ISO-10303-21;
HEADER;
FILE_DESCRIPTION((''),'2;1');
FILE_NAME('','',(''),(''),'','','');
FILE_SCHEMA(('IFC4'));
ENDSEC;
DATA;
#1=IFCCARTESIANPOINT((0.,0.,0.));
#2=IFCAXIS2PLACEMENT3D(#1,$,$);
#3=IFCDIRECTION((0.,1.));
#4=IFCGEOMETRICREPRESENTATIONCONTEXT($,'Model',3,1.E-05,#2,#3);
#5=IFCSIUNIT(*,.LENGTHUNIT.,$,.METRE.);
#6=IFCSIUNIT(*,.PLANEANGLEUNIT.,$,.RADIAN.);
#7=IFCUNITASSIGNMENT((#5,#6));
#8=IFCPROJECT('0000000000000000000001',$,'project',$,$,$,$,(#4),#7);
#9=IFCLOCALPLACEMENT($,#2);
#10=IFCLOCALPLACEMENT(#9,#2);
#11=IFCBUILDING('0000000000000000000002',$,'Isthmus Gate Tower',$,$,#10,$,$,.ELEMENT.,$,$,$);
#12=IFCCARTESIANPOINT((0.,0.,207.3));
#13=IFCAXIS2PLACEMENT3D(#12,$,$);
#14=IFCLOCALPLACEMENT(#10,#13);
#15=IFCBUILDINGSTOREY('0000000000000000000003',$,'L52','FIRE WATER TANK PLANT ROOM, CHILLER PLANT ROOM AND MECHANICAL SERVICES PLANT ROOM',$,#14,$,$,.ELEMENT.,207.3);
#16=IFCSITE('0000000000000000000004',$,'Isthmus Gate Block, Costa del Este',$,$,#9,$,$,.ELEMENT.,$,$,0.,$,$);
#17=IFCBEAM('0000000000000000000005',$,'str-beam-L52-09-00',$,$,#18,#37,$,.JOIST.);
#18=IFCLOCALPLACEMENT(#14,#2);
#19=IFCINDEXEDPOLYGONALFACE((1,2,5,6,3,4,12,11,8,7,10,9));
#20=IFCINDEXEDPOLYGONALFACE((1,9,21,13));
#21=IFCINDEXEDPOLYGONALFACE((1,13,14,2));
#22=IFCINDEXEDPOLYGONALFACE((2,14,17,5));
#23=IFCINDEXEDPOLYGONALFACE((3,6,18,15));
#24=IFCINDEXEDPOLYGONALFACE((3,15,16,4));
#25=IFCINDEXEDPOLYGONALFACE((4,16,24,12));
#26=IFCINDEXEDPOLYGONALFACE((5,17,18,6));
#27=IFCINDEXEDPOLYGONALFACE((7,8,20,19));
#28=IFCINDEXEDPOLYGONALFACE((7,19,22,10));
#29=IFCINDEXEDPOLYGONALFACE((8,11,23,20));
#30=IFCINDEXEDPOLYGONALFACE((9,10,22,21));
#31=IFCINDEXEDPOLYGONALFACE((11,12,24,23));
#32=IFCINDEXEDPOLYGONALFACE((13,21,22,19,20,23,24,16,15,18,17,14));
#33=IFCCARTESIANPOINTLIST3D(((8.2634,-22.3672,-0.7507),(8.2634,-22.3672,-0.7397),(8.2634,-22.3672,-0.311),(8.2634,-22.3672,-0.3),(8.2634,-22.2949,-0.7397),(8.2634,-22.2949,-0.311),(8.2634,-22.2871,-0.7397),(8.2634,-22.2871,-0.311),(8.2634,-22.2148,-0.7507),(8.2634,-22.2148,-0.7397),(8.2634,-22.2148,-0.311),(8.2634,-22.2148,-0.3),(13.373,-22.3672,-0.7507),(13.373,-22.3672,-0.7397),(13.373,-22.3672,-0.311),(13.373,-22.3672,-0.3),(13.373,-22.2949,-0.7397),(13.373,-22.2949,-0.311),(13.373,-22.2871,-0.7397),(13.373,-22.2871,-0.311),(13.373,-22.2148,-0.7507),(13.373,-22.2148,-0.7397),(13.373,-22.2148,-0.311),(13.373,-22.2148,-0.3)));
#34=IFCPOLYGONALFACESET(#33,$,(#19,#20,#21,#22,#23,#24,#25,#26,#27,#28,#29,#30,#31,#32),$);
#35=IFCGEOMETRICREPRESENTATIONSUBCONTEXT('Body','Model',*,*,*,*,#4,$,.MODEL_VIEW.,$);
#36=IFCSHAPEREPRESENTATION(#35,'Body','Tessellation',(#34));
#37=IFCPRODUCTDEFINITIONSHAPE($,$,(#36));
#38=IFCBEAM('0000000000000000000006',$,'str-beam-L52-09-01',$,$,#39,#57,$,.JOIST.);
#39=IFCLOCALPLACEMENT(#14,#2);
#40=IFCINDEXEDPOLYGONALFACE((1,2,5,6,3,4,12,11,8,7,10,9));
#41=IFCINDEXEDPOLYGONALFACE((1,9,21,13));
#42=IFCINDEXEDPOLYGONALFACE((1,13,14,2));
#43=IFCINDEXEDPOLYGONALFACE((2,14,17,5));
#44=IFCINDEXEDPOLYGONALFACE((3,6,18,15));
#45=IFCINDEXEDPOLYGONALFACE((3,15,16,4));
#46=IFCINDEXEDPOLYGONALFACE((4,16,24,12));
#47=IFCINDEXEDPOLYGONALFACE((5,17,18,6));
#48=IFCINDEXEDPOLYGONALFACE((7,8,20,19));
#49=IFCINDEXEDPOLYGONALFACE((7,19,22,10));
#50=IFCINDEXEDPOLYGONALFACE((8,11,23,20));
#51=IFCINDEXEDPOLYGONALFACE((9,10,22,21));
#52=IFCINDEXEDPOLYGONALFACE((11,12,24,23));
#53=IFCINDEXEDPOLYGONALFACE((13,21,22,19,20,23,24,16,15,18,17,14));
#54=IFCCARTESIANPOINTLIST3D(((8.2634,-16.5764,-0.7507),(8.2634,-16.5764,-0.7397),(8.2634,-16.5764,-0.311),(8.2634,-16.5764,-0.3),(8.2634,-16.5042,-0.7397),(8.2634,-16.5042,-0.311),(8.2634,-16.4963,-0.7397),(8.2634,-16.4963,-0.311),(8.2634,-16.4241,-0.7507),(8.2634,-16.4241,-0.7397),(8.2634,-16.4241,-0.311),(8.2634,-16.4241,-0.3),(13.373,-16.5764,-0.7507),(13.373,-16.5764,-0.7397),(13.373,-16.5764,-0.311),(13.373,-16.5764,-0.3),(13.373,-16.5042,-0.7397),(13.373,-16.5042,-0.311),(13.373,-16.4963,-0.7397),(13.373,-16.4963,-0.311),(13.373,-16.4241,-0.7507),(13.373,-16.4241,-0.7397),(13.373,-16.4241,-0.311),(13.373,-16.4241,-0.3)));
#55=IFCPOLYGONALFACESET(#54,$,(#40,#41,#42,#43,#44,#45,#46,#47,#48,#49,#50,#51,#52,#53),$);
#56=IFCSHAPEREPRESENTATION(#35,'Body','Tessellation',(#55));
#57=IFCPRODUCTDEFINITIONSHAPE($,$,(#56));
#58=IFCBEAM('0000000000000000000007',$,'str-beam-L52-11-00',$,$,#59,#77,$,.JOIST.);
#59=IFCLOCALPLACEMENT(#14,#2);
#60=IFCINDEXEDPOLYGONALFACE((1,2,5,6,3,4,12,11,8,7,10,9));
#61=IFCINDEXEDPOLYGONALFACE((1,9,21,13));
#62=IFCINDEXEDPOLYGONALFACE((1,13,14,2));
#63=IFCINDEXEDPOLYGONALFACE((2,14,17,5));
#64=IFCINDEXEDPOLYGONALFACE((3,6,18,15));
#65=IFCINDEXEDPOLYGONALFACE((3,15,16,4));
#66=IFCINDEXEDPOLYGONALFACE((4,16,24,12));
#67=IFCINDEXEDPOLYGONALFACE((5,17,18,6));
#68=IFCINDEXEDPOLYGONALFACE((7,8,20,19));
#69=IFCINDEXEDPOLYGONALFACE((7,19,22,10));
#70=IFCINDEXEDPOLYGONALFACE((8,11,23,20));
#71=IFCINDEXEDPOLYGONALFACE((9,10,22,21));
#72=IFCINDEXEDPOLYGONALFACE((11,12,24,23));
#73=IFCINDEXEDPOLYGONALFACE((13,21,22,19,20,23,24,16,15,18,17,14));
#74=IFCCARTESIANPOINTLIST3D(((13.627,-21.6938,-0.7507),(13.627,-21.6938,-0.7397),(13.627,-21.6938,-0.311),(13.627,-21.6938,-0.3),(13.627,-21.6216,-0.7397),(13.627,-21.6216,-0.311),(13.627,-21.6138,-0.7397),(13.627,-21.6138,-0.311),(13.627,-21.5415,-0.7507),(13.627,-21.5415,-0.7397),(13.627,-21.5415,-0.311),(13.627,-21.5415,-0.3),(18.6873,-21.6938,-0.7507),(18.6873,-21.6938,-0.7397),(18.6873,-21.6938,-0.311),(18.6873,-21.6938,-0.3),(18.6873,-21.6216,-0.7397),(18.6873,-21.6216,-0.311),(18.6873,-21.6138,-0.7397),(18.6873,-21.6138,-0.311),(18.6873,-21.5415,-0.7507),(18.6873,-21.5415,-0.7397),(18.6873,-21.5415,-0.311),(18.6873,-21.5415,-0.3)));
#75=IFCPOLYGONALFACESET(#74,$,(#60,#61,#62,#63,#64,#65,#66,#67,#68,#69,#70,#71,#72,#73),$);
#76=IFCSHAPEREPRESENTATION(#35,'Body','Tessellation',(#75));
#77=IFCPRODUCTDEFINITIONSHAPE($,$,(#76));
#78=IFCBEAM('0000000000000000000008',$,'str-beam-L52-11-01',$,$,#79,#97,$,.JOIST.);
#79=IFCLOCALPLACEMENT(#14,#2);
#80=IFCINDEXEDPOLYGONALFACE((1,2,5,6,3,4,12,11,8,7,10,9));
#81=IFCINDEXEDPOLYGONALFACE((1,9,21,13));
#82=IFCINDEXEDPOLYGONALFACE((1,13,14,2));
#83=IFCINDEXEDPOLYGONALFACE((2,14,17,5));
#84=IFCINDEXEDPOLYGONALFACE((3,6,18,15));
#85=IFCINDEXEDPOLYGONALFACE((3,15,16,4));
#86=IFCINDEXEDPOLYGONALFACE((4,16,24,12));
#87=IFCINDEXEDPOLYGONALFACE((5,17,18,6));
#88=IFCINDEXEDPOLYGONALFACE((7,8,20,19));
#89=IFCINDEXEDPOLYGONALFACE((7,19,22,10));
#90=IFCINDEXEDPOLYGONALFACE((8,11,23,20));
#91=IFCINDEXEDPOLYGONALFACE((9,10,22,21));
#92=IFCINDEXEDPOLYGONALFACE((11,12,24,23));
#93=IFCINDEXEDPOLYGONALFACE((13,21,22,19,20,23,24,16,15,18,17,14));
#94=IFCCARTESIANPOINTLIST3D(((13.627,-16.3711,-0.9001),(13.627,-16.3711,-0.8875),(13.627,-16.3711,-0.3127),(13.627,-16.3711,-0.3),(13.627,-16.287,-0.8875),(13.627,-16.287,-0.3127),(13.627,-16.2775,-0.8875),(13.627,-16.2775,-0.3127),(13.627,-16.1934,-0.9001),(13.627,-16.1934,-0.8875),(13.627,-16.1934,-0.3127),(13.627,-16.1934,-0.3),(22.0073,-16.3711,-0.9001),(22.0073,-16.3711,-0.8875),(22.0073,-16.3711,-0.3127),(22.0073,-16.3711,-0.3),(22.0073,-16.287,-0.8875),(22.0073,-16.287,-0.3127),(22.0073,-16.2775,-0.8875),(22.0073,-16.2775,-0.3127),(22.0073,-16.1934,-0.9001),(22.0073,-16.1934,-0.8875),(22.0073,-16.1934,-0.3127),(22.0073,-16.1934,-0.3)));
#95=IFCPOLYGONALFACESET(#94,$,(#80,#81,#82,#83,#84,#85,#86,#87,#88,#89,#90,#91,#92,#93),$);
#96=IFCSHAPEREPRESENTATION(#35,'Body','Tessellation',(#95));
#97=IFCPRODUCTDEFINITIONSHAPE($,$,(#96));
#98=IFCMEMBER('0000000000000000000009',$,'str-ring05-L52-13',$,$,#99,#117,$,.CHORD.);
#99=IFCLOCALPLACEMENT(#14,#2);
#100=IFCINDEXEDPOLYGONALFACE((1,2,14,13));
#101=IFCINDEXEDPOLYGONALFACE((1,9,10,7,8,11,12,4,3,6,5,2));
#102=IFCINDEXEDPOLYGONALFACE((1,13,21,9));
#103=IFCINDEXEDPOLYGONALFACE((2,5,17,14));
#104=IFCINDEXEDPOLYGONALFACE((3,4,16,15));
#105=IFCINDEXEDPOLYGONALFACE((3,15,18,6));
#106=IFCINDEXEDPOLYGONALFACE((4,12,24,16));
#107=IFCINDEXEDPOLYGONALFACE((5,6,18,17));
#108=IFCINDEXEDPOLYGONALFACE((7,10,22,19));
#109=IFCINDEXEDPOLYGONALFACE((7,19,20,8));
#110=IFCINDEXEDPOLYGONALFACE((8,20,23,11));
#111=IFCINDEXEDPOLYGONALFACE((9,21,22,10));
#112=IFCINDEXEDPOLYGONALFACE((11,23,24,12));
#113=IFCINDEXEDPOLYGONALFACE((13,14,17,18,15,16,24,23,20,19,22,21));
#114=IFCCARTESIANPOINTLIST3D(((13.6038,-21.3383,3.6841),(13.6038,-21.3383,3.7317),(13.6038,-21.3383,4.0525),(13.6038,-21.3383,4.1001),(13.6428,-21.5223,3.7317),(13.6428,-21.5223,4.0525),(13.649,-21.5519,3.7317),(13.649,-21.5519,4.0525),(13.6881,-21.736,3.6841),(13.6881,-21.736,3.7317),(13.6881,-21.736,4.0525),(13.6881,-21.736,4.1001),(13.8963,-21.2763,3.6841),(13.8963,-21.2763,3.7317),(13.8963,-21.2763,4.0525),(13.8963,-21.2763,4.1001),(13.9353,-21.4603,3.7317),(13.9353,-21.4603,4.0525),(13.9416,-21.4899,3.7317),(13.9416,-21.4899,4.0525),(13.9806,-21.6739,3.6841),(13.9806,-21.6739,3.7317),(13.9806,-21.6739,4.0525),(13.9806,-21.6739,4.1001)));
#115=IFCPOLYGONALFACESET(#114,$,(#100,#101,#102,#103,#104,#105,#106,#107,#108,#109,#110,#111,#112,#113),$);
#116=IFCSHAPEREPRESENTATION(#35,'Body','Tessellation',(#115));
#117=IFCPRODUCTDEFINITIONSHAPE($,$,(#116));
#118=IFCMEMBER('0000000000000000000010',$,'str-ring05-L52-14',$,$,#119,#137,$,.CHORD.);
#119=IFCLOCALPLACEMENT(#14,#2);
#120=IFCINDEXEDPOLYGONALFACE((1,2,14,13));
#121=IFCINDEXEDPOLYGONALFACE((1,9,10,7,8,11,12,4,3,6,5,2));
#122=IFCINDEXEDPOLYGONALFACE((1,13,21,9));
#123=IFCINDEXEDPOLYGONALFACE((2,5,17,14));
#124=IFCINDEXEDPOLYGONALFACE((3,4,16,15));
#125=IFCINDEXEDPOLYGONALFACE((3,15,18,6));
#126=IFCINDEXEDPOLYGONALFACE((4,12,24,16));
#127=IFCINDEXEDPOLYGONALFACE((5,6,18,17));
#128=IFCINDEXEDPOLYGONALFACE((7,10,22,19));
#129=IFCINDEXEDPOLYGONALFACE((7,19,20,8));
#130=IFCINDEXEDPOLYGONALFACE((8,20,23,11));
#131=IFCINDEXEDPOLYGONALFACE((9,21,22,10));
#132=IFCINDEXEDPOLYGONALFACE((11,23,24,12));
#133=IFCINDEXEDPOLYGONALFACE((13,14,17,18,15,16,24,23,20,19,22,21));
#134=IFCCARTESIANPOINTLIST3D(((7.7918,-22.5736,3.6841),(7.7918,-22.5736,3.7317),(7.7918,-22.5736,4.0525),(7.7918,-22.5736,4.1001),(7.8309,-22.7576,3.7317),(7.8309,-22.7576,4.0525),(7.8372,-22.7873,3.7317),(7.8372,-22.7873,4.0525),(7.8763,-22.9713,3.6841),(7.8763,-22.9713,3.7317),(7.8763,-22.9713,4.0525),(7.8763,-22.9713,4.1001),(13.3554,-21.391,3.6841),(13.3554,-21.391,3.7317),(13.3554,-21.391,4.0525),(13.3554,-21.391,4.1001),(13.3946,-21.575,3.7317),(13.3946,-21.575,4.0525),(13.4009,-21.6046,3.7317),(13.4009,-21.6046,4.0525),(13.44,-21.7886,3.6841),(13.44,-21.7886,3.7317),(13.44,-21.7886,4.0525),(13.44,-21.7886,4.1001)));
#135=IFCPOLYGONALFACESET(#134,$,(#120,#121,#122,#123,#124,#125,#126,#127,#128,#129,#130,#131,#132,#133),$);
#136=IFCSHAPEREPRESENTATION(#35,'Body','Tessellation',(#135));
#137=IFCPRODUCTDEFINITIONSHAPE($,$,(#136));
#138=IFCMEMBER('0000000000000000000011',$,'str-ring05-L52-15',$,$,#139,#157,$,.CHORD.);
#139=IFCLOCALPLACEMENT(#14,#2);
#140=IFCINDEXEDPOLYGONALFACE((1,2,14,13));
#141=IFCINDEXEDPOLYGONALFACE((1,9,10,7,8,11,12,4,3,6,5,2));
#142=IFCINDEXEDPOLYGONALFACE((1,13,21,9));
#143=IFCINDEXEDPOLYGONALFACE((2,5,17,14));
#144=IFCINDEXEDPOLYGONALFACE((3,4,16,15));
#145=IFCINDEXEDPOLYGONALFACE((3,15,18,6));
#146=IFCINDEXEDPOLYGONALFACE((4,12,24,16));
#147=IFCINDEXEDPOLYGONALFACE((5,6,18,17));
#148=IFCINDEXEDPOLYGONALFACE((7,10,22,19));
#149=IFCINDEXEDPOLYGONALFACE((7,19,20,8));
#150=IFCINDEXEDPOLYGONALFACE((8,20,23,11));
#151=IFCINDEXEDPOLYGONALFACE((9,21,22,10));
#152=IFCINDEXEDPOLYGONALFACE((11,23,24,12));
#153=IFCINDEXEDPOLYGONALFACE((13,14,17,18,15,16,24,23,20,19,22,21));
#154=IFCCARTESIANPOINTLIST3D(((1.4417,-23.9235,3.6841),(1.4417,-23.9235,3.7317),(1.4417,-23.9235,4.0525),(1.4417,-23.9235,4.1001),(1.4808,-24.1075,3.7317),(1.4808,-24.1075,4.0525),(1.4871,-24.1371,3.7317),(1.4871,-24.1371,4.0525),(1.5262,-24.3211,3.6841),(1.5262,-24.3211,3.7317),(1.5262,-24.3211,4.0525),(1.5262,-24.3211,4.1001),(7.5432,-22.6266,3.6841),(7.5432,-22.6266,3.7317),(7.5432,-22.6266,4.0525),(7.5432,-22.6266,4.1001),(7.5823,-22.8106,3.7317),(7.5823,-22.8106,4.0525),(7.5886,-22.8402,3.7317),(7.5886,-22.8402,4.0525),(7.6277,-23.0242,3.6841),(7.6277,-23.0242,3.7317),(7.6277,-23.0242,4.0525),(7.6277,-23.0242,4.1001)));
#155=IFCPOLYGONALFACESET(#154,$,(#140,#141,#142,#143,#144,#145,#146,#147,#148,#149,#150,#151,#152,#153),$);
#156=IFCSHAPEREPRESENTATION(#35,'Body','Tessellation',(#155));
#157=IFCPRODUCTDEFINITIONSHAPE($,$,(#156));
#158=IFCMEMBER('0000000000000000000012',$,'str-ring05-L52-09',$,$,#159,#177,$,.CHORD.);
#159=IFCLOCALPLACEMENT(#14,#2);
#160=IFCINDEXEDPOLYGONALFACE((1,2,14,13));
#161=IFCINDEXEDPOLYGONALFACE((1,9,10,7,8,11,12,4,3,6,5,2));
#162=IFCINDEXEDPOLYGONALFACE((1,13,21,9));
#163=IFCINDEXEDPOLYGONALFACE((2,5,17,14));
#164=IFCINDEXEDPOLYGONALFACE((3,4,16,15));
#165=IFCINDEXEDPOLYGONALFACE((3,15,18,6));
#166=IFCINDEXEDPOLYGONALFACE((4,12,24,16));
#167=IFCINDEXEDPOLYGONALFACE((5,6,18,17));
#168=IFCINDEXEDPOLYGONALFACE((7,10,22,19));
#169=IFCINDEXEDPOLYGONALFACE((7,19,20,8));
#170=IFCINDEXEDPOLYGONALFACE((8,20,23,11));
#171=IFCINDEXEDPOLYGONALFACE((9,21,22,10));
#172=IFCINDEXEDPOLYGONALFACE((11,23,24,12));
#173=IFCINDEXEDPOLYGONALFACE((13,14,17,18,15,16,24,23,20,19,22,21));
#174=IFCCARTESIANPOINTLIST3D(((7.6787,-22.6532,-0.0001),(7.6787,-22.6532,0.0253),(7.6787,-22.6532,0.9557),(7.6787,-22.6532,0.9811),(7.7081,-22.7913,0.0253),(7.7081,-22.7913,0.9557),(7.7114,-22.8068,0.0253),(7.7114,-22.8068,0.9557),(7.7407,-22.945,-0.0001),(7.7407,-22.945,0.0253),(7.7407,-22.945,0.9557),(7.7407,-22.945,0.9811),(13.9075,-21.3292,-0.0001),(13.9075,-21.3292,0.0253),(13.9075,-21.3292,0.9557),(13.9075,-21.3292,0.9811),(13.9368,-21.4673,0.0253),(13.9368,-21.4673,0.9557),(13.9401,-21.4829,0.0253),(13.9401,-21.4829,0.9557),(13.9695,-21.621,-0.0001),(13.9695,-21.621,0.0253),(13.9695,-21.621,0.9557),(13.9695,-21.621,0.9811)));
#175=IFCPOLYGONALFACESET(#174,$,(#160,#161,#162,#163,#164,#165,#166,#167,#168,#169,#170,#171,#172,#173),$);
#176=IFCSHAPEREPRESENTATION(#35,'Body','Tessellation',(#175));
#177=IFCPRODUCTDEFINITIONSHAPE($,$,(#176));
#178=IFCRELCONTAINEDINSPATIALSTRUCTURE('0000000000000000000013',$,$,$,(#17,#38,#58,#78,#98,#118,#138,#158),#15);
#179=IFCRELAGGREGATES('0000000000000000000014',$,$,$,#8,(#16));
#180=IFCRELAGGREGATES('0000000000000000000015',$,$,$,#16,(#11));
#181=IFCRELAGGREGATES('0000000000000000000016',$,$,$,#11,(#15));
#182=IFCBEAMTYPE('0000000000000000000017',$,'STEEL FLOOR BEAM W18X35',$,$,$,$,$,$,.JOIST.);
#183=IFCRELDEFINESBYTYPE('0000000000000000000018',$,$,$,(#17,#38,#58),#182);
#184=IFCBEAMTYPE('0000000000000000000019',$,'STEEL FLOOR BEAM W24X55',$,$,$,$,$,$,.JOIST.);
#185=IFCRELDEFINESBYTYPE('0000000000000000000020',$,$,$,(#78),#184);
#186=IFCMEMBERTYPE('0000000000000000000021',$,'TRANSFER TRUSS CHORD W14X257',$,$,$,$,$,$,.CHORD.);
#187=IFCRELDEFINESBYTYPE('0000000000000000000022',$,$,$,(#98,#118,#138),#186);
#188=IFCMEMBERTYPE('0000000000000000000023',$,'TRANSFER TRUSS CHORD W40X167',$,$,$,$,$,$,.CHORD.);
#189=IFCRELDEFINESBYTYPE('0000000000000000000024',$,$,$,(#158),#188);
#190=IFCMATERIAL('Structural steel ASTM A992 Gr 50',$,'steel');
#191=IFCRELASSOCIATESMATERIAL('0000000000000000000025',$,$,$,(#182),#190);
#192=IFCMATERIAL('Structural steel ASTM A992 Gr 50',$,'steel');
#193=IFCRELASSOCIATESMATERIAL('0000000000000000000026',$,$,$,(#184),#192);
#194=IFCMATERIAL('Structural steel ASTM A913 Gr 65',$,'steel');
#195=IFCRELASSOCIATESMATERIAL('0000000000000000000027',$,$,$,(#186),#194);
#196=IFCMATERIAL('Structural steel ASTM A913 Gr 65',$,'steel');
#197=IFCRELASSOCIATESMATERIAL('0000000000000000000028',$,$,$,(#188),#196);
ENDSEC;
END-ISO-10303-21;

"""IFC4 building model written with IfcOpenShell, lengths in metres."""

from ifc_helpers import new_model, si_unit, direction, frame, origin, origin_2d, place, context, subcontext, project, spatial, i_section, extrude, material, material_profile, profile_set, type_object, element, save


model = new_model("IFC4")

# Units and contexts
model_context = context("Model", 3, precision=1e-05, world=origin(), true_north=direction((0.0, 1.0)))
body_context = subcontext(model_context, "Body", "Model", "MODEL_VIEW")
ifc_project = project(units=[si_unit("LENGTHUNIT", "METRE"), si_unit("PLANEANGLEUNIT", "RADIAN")], contexts=[model_context])

# Site, building, storey
site_placement = place(None, origin())
site = spatial("IfcSite", under=ifc_project, at=site_placement, Name="Isthmus Gate Block, Costa del Este", CompositionType="ELEMENT", RefElevation=0.0)
building_placement = place(site_placement, origin())
building = spatial("IfcBuilding", under=site, at=building_placement, Name="Isthmus Gate Tower", CompositionType="ELEMENT")
storey_placement = place(building_placement, frame((0.0, 0.0, 207.3)))
storey = spatial("IfcBuildingStorey", under=building, at=storey_placement, Name="L52", Description="FIRE WATER TANK PLANT ROOM, CHILLER PLANT ROOM AND MECHANICAL SERVICES PLANT ROOM", CompositionType="ELEMENT", Elevation=207.3)

# Beams
ifc_material_1 = material(Name="Structural steel ASTM A992 Gr 50", Category="steel")
ifc_material_profile_1 = material_profile(ifc_material_1, i_section(OverallWidth=0.1523, OverallDepth=0.4507, WebThickness=0.0078, FlangeThickness=0.011, at=origin_2d()), Name="W18X35")
ifc_profile_set_1 = profile_set([ifc_material_profile_1], Name="Structural steel ASTM A992 Gr 50")
beam_type_1 = type_object("IfcBeamType", Name="STEEL FLOOR BEAM W18X35", PredefinedType="JOIST", material=ifc_profile_set_1)
for number, where, z_axis, x_axis, name in (
    (1, (8.2634, -22.291, -0.5254), (1.0, 0.0, 0.0), (0.0, 1.0, 0.0), "str-beam-L52-09-00"),
    (2, (8.2634, -16.5002, -0.5254), (1.0, 0.0, 0.0), (0.0, 1.0, 0.0), "str-beam-L52-09-01"),
):
    element("IfcBeam", number, at=place(storey_placement, frame(where, z_axis=z_axis, x_axis=x_axis)), inside=storey, type_object=beam_type_1, Name=name, PredefinedType="JOIST", context=body_context, shape_type="SweptSolid", body=[
        extrude(i_section(OverallWidth=0.1523, OverallDepth=0.4507, WebThickness=0.0078, FlangeThickness=0.011, at=origin_2d()), origin(), (0.0, 0.0, 1.0), 5.1096),
    ])
beam_1_placement = place(storey_placement, frame((13.627, -21.6177, -0.5254), z_axis=(1.0, 0.0, 0.0), x_axis=(0.0, 1.0, 0.0)))
element("IfcBeam", 3, at=beam_1_placement, inside=storey, type_object=beam_type_1, Name="str-beam-L52-11-00", PredefinedType="JOIST", context=body_context, shape_type="SweptSolid", body=[
    extrude(i_section(OverallWidth=0.1523, OverallDepth=0.4507, WebThickness=0.0078, FlangeThickness=0.011, at=origin_2d()), origin(), (0.0, 0.0, 1.0), 5.0603),
])
ifc_material_2 = material(Name="Structural steel ASTM A992 Gr 50", Category="steel")
ifc_material_profile_2 = material_profile(ifc_material_2, i_section(OverallWidth=0.1777, OverallDepth=0.6001, WebThickness=0.0095, FlangeThickness=0.0127, at=origin_2d()), Name="W24X55")
ifc_profile_set_2 = profile_set([ifc_material_profile_2], Name="Structural steel ASTM A992 Gr 50")
beam_type_2 = type_object("IfcBeamType", Name="STEEL FLOOR BEAM W24X55", PredefinedType="JOIST", material=ifc_profile_set_2)
beam_2_placement = place(storey_placement, frame((13.627, -16.2822, -0.6001), z_axis=(1.0, 0.0, 0.0), x_axis=(0.0, 1.0, 0.0)))
element("IfcBeam", 4, at=beam_2_placement, inside=storey, type_object=beam_type_2, Name="str-beam-L52-11-01", PredefinedType="JOIST", context=body_context, shape_type="SweptSolid", body=[
    extrude(i_section(OverallWidth=0.1777, OverallDepth=0.6001, WebThickness=0.0095, FlangeThickness=0.0127, at=origin_2d()), origin(), (0.0, 0.0, 1.0), 8.3804),
])

# Members
ifc_material_3 = material(Name="Structural steel ASTM A913 Gr 65", Category="steel")
ifc_material_profile_3 = material_profile(ifc_material_3, i_section(OverallWidth=0.4065, OverallDepth=0.416, WebThickness=0.0303, FlangeThickness=0.0476, at=origin_2d()), Name="W14X257")
ifc_profile_set_3 = profile_set([ifc_material_profile_3], Name="Structural steel ASTM A913 Gr 65")
member_type_1 = type_object("IfcMemberType", Name="TRANSFER TRUSS CHORD W14X257", PredefinedType="CHORD", material=ifc_profile_set_3)
member_1_placement = place(storey_placement, frame((13.9385, -21.4751, 3.8921), z_axis=(-0.978254, -0.207409, 0.0), x_axis=(0.207409, -0.978254, 0.0)))
element("IfcMember", 5, at=member_1_placement, inside=storey, type_object=member_type_1, Name="str-ring05-L52-13", PredefinedType="CHORD", context=body_context, shape_type="SweptSolid", body=[
    extrude(i_section(OverallWidth=0.4065, OverallDepth=0.416, WebThickness=0.0303, FlangeThickness=0.0476, at=origin_2d()), origin(), (0.0, 0.0, 1.0), 0.2991),
])
member_2_placement = place(storey_placement, frame((13.3977, -21.5898, 3.8921), z_axis=(-0.978147, -0.207914, 0.0), x_axis=(0.207914, -0.978147, 0.0)))
element("IfcMember", 6, at=member_2_placement, inside=storey, type_object=member_type_1, Name="str-ring05-L52-14", PredefinedType="CHORD", context=body_context, shape_type="SweptSolid", body=[
    extrude(i_section(OverallWidth=0.4065, OverallDepth=0.416, WebThickness=0.0303, FlangeThickness=0.0476, at=origin_2d()), origin(), (0.0, 0.0, 1.0), 5.688),
])
member_3_placement = place(storey_placement, frame((7.5854, -22.8254, 3.8921), z_axis=(-0.978149, -0.207904, 0.0), x_axis=(0.207904, -0.978149, 0.0)))
element("IfcMember", 7, at=member_3_placement, inside=storey, type_object=member_type_1, Name="str-ring05-L52-15", PredefinedType="CHORD", context=body_context, shape_type="SweptSolid", body=[
    extrude(i_section(OverallWidth=0.4065, OverallDepth=0.416, WebThickness=0.0303, FlangeThickness=0.0476, at=origin_2d()), origin(), (0.0, 0.0, 1.0), 6.2378),
])
ifc_material_4 = material(Name="Structural steel ASTM A913 Gr 65", Category="steel")
ifc_material_profile_4 = material_profile(ifc_material_4, i_section(OverallWidth=0.2983, OverallDepth=0.9812, WebThickness=0.0159, FlangeThickness=0.0254, at=origin_2d()), Name="W40X167")
ifc_profile_set_4 = profile_set([ifc_material_profile_4], Name="Structural steel ASTM A913 Gr 65")
member_type_2 = type_object("IfcMemberType", Name="TRANSFER TRUSS CHORD W40X167", PredefinedType="CHORD", material=ifc_profile_set_4)
member_4_placement = place(storey_placement, frame((13.9385, -21.4751, 0.4905), z_axis=(-0.978147, -0.207913, 0.0), x_axis=(0.207913, -0.978147, 0.0)))
element("IfcMember", 8, at=member_4_placement, inside=storey, type_object=member_type_2, Name="str-ring05-L52-09", PredefinedType="CHORD", context=body_context, shape_type="SweptSolid", body=[
    extrude(i_section(OverallWidth=0.2983, OverallDepth=0.9812, WebThickness=0.0159, FlangeThickness=0.0254, at=origin_2d()), origin(), (0.0, 0.0, 1.0), 6.3679),
])

save(model, "model.ifc")
